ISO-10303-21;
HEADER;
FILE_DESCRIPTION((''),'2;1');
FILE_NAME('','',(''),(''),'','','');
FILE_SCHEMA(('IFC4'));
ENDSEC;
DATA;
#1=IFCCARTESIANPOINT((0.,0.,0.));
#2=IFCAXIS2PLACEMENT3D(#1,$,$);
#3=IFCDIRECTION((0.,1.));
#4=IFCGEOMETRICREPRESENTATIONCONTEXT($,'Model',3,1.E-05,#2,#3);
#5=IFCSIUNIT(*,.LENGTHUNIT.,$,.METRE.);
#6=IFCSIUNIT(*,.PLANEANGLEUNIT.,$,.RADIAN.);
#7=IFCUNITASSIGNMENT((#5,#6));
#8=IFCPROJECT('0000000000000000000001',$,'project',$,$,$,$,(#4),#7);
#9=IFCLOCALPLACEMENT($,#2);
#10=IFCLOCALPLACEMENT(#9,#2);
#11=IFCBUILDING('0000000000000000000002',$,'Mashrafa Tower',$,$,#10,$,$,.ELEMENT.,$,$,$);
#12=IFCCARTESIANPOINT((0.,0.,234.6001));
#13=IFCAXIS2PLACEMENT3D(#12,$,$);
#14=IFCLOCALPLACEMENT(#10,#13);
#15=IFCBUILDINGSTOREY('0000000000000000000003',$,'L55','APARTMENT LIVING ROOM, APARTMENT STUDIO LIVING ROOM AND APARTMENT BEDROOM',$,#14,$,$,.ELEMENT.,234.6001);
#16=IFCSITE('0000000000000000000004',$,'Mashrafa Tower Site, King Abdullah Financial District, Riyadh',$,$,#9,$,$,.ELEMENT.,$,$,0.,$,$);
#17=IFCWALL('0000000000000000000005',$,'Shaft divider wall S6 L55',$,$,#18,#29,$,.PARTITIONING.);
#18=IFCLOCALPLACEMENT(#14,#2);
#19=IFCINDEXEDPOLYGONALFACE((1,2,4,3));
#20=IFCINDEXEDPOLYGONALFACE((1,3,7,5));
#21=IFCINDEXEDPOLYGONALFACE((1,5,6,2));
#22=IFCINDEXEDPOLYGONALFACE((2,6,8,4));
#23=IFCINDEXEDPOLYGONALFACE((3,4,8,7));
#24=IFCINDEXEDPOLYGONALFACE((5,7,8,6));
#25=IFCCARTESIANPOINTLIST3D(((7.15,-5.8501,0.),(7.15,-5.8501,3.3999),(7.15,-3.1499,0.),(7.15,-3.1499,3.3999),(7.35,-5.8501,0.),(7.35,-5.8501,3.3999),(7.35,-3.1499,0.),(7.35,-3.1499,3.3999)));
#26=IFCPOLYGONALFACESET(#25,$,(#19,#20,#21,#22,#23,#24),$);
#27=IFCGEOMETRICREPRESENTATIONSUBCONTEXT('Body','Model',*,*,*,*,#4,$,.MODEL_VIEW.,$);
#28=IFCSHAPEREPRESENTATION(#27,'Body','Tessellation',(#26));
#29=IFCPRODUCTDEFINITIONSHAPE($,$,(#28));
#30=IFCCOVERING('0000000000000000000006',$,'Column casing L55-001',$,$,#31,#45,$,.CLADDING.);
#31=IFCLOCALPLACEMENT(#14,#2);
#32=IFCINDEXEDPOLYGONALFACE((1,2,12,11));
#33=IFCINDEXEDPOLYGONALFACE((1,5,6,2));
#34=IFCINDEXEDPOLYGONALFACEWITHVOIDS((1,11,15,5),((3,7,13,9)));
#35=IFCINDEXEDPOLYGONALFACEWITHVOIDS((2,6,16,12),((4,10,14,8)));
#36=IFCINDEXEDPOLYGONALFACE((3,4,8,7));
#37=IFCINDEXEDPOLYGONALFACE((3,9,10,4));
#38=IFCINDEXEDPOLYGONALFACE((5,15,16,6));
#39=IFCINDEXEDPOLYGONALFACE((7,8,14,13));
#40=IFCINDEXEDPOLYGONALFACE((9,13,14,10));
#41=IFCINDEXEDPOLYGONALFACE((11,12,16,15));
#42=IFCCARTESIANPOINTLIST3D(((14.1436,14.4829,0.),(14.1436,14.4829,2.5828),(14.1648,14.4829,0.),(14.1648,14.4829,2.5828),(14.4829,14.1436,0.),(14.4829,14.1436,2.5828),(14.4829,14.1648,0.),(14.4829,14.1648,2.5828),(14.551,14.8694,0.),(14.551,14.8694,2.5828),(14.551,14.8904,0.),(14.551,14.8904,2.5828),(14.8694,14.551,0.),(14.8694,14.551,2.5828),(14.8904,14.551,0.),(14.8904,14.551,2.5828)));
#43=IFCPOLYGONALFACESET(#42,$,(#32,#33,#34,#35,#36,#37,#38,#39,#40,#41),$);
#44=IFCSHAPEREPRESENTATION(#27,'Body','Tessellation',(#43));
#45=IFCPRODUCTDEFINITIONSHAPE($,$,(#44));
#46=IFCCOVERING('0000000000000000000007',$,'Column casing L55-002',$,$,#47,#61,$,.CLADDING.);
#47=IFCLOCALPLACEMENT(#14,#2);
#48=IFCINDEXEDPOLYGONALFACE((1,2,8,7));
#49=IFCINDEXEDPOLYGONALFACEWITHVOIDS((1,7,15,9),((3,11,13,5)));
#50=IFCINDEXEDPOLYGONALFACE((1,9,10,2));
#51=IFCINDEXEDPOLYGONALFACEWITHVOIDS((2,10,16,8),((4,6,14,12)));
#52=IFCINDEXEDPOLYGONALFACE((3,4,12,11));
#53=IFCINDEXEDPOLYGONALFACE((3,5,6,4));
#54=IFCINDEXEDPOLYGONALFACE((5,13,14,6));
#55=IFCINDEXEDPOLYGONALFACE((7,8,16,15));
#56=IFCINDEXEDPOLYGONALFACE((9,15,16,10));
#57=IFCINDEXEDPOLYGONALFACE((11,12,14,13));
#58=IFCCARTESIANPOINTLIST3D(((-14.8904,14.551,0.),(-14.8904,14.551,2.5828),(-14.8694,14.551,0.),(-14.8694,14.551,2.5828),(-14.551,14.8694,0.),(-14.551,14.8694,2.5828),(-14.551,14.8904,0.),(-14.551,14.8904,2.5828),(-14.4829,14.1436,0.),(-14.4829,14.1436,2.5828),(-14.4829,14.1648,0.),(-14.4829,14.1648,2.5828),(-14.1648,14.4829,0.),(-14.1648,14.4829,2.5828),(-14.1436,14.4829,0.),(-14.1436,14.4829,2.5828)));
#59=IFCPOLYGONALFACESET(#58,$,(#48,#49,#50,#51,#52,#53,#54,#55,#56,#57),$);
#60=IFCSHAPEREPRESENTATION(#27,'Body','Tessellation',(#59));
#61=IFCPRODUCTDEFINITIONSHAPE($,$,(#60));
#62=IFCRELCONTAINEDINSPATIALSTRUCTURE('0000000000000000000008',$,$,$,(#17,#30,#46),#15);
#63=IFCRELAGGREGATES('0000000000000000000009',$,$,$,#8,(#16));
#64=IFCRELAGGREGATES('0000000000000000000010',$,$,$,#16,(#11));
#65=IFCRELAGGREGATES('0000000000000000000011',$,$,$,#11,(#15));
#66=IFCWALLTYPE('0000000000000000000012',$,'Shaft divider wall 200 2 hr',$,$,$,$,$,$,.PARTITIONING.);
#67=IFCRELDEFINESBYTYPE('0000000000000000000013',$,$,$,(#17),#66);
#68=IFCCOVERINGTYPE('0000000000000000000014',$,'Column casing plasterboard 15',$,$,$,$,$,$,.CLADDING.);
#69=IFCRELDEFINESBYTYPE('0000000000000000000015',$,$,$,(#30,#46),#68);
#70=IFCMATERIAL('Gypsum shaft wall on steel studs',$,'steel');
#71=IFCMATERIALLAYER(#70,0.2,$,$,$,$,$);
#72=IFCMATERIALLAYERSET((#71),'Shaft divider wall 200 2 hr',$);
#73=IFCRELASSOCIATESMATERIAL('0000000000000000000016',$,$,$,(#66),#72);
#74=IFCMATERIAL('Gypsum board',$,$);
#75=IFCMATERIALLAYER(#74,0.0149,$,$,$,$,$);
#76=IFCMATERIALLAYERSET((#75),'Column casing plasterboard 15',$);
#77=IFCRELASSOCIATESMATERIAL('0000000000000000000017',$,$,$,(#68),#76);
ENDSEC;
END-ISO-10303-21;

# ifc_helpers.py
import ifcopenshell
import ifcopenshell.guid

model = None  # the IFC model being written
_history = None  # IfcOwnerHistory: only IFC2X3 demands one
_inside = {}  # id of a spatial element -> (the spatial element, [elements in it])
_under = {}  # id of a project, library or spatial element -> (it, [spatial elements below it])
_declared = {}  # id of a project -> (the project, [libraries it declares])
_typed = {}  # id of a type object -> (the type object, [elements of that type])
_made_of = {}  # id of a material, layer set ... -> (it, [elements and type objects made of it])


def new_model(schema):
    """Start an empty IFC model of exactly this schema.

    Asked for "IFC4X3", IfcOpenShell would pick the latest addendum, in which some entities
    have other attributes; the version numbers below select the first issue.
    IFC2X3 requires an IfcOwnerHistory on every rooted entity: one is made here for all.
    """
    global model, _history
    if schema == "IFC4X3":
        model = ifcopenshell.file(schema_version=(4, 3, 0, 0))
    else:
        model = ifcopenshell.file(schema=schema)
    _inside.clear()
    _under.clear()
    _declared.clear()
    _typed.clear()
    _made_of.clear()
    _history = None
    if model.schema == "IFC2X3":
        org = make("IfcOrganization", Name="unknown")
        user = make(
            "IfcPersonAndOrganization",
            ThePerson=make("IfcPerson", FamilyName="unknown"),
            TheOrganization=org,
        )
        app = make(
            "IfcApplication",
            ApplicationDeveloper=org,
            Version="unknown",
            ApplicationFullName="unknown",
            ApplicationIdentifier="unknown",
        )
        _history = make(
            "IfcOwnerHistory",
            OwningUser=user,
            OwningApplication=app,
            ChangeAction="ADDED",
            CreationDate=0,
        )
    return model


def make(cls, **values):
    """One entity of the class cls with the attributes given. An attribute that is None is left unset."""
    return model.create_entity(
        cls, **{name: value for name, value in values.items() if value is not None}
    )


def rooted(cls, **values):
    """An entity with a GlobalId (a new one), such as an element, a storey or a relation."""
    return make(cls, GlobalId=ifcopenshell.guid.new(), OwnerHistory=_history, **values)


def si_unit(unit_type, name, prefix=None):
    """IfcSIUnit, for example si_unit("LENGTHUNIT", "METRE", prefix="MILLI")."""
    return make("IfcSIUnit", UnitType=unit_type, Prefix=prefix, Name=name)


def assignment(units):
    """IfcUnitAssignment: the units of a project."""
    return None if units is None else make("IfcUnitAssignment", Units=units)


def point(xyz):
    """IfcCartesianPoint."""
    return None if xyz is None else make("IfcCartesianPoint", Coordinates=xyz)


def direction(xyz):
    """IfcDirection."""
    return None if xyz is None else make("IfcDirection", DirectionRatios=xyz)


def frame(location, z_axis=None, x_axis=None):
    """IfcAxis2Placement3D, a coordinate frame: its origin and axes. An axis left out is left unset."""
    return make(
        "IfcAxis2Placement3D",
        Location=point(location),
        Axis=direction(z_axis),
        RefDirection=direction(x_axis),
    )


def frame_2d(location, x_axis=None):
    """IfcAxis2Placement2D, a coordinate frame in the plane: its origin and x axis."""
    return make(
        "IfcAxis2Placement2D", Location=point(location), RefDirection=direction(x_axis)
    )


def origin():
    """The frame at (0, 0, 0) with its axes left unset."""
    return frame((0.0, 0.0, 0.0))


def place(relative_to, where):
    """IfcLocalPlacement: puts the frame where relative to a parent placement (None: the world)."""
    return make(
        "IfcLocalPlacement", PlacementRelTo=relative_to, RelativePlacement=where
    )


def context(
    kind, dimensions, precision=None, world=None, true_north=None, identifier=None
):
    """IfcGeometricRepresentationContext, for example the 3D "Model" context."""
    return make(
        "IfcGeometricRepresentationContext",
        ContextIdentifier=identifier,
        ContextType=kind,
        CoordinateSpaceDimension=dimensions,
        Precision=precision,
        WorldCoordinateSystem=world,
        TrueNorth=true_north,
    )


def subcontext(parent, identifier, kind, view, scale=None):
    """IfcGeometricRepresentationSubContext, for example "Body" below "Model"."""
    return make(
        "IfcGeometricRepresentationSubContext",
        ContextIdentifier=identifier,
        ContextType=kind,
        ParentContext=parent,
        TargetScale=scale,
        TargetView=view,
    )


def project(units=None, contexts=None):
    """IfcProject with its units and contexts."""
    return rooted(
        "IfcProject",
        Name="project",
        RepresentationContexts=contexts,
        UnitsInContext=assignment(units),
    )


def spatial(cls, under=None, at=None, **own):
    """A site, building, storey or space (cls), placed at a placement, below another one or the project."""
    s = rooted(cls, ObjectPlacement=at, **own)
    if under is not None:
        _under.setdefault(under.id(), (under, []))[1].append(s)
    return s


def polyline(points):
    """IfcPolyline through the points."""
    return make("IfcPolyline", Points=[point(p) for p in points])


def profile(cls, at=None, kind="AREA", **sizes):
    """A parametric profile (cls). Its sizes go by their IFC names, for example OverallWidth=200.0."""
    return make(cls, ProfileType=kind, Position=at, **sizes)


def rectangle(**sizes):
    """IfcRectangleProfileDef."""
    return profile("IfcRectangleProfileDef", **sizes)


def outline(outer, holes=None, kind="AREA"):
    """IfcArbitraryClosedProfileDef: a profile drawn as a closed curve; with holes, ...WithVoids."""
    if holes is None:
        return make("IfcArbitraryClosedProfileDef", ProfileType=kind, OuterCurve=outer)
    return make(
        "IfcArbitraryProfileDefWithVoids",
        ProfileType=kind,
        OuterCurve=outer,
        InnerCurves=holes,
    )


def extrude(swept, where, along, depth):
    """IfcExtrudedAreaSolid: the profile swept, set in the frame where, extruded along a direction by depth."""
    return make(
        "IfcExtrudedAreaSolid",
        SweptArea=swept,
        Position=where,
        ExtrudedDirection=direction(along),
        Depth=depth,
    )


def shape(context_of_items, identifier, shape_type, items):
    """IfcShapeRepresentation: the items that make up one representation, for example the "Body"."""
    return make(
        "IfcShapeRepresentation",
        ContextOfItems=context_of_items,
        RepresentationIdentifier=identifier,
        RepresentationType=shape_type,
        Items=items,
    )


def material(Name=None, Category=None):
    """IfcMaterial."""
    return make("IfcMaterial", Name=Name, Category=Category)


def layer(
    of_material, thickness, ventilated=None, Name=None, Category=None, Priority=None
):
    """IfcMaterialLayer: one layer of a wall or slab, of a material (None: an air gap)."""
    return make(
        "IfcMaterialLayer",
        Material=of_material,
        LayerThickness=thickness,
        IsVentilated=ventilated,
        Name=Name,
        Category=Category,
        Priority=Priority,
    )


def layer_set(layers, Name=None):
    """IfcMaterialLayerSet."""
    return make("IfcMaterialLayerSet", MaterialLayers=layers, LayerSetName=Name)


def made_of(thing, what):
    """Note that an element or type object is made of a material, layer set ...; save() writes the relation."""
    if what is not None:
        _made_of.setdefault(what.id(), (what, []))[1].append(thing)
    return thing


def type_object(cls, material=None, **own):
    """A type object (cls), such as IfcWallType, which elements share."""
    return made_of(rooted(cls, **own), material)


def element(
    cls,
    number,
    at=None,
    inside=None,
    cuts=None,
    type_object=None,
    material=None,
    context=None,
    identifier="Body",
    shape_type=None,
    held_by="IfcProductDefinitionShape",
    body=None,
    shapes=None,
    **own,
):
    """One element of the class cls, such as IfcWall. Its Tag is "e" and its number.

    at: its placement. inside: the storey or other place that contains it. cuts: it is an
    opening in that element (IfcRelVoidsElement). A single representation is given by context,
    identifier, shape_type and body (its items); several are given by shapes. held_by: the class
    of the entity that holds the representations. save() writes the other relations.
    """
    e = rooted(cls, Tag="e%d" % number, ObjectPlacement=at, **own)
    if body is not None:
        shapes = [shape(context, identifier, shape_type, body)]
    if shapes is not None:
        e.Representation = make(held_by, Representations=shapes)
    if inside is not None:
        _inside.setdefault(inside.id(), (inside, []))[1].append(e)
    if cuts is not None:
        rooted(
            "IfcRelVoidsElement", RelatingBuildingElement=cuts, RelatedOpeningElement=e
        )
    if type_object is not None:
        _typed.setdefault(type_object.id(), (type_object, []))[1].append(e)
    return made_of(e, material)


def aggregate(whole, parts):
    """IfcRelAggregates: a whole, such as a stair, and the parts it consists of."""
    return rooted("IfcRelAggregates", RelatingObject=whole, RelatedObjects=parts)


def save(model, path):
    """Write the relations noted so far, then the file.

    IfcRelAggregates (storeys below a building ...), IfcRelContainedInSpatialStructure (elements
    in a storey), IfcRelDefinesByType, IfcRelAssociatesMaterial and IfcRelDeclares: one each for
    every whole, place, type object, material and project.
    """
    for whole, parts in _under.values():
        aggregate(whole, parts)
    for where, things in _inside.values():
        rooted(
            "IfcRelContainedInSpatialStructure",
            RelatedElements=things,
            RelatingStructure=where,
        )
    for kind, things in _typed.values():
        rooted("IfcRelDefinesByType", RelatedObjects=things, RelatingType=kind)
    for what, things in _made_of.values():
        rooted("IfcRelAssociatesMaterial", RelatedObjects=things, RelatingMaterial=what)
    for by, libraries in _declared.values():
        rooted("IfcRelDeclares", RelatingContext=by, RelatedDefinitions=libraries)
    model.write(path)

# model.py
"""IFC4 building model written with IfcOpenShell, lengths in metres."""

from ifc_helpers import new_model, si_unit, direction, frame, frame_2d, origin, place, context, subcontext, project, spatial, polyline, rectangle, outline, extrude, material, layer, layer_set, type_object, element, save


model = new_model("IFC4")

# Units and contexts
model_context = context("Model", 3, precision=1e-05, world=origin(), true_north=direction((0.0, 1.0)))
body_context = subcontext(model_context, "Body", "Model", "MODEL_VIEW")
ifc_project = project(units=[si_unit("LENGTHUNIT", "METRE"), si_unit("PLANEANGLEUNIT", "RADIAN")], contexts=[model_context])

# Site, building, storey
site_placement = place(None, origin())
site = spatial("IfcSite", under=ifc_project, at=site_placement, Name="Mashrafa Tower Site, King Abdullah Financial District, Riyadh", CompositionType="ELEMENT", RefElevation=0.0)
building_placement = place(site_placement, origin())
building = spatial("IfcBuilding", under=site, at=building_placement, Name="Mashrafa Tower", CompositionType="ELEMENT")
storey_placement = place(building_placement, frame((0.0, 0.0, 234.6001)))
storey = spatial("IfcBuildingStorey", under=building, at=storey_placement, Name="L55", Description="APARTMENT LIVING ROOM, APARTMENT STUDIO LIVING ROOM AND APARTMENT BEDROOM", CompositionType="ELEMENT", Elevation=234.6001)

# Wall
ifc_material_1 = material(Name="Gypsum shaft wall on steel studs", Category="steel")
ifc_layer_1 = layer(ifc_material_1, 0.2)
ifc_layer_set_1 = layer_set([ifc_layer_1], Name="Shaft divider wall 200 2 hr")
wall_type_1 = type_object("IfcWallType", Name="Shaft divider wall 200 2 hr", PredefinedType="PARTITIONING", material=ifc_layer_set_1)
wall_1_placement = place(storey_placement, frame((7.25, -5.8501, 0.0), z_axis=(0.0, 0.0, 1.0), x_axis=(0.0, 1.0, 0.0)))
element("IfcWall", 1, at=wall_1_placement, inside=storey, type_object=wall_type_1, Name="Shaft divider wall S6 L55", PredefinedType="PARTITIONING", context=body_context, shape_type="SweptSolid", body=[
    extrude(rectangle(XDim=2.7002, YDim=0.2, at=frame_2d((1.3501, 0.0))), origin(), (0.0, 0.0, 1.0), 3.3999),
])

# Coverings
ifc_material_2 = material(Name="Gypsum board")
ifc_layer_2 = layer(ifc_material_2, 0.0149)
ifc_layer_set_2 = layer_set([ifc_layer_2], Name="Column casing plasterboard 15")
covering_type = type_object("IfcCoveringType", Name="Column casing plasterboard 15", PredefinedType="CLADDING", material=ifc_layer_set_2)
covering_1_placement = place(storey_placement, origin())
element("IfcCovering", 2, at=covering_1_placement, inside=storey, type_object=covering_type, Name="Column casing L55-001", PredefinedType="CLADDING", context=body_context, shape_type="SweptSolid", body=[
    extrude(outline(polyline([(14.1436, 14.4829), (14.551, 14.8904), (14.8904, 14.551), (14.4829, 14.1436), (14.1436, 14.4829)]), holes=[polyline([(14.8694, 14.551), (14.551, 14.8694), (14.1648, 14.4829), (14.4829, 14.1648), (14.8694, 14.551)])]), origin(), (0.0, 0.0, 1.0), 2.5828),
])
covering_2_placement = place(storey_placement, origin())
element("IfcCovering", 3, at=covering_2_placement, inside=storey, type_object=covering_type, Name="Column casing L55-002", PredefinedType="CLADDING", context=body_context, shape_type="SweptSolid", body=[
    extrude(outline(polyline([(-14.8904, 14.551), (-14.551, 14.8904), (-14.1436, 14.4829), (-14.4829, 14.1436), (-14.8904, 14.551)]), holes=[polyline([(-14.1648, 14.4829), (-14.551, 14.8694), (-14.8694, 14.551), (-14.4829, 14.1648), (-14.1648, 14.4829)])]), origin(), (0.0, 0.0, 1.0), 2.5828),
])

save(model, "model.ifc")
